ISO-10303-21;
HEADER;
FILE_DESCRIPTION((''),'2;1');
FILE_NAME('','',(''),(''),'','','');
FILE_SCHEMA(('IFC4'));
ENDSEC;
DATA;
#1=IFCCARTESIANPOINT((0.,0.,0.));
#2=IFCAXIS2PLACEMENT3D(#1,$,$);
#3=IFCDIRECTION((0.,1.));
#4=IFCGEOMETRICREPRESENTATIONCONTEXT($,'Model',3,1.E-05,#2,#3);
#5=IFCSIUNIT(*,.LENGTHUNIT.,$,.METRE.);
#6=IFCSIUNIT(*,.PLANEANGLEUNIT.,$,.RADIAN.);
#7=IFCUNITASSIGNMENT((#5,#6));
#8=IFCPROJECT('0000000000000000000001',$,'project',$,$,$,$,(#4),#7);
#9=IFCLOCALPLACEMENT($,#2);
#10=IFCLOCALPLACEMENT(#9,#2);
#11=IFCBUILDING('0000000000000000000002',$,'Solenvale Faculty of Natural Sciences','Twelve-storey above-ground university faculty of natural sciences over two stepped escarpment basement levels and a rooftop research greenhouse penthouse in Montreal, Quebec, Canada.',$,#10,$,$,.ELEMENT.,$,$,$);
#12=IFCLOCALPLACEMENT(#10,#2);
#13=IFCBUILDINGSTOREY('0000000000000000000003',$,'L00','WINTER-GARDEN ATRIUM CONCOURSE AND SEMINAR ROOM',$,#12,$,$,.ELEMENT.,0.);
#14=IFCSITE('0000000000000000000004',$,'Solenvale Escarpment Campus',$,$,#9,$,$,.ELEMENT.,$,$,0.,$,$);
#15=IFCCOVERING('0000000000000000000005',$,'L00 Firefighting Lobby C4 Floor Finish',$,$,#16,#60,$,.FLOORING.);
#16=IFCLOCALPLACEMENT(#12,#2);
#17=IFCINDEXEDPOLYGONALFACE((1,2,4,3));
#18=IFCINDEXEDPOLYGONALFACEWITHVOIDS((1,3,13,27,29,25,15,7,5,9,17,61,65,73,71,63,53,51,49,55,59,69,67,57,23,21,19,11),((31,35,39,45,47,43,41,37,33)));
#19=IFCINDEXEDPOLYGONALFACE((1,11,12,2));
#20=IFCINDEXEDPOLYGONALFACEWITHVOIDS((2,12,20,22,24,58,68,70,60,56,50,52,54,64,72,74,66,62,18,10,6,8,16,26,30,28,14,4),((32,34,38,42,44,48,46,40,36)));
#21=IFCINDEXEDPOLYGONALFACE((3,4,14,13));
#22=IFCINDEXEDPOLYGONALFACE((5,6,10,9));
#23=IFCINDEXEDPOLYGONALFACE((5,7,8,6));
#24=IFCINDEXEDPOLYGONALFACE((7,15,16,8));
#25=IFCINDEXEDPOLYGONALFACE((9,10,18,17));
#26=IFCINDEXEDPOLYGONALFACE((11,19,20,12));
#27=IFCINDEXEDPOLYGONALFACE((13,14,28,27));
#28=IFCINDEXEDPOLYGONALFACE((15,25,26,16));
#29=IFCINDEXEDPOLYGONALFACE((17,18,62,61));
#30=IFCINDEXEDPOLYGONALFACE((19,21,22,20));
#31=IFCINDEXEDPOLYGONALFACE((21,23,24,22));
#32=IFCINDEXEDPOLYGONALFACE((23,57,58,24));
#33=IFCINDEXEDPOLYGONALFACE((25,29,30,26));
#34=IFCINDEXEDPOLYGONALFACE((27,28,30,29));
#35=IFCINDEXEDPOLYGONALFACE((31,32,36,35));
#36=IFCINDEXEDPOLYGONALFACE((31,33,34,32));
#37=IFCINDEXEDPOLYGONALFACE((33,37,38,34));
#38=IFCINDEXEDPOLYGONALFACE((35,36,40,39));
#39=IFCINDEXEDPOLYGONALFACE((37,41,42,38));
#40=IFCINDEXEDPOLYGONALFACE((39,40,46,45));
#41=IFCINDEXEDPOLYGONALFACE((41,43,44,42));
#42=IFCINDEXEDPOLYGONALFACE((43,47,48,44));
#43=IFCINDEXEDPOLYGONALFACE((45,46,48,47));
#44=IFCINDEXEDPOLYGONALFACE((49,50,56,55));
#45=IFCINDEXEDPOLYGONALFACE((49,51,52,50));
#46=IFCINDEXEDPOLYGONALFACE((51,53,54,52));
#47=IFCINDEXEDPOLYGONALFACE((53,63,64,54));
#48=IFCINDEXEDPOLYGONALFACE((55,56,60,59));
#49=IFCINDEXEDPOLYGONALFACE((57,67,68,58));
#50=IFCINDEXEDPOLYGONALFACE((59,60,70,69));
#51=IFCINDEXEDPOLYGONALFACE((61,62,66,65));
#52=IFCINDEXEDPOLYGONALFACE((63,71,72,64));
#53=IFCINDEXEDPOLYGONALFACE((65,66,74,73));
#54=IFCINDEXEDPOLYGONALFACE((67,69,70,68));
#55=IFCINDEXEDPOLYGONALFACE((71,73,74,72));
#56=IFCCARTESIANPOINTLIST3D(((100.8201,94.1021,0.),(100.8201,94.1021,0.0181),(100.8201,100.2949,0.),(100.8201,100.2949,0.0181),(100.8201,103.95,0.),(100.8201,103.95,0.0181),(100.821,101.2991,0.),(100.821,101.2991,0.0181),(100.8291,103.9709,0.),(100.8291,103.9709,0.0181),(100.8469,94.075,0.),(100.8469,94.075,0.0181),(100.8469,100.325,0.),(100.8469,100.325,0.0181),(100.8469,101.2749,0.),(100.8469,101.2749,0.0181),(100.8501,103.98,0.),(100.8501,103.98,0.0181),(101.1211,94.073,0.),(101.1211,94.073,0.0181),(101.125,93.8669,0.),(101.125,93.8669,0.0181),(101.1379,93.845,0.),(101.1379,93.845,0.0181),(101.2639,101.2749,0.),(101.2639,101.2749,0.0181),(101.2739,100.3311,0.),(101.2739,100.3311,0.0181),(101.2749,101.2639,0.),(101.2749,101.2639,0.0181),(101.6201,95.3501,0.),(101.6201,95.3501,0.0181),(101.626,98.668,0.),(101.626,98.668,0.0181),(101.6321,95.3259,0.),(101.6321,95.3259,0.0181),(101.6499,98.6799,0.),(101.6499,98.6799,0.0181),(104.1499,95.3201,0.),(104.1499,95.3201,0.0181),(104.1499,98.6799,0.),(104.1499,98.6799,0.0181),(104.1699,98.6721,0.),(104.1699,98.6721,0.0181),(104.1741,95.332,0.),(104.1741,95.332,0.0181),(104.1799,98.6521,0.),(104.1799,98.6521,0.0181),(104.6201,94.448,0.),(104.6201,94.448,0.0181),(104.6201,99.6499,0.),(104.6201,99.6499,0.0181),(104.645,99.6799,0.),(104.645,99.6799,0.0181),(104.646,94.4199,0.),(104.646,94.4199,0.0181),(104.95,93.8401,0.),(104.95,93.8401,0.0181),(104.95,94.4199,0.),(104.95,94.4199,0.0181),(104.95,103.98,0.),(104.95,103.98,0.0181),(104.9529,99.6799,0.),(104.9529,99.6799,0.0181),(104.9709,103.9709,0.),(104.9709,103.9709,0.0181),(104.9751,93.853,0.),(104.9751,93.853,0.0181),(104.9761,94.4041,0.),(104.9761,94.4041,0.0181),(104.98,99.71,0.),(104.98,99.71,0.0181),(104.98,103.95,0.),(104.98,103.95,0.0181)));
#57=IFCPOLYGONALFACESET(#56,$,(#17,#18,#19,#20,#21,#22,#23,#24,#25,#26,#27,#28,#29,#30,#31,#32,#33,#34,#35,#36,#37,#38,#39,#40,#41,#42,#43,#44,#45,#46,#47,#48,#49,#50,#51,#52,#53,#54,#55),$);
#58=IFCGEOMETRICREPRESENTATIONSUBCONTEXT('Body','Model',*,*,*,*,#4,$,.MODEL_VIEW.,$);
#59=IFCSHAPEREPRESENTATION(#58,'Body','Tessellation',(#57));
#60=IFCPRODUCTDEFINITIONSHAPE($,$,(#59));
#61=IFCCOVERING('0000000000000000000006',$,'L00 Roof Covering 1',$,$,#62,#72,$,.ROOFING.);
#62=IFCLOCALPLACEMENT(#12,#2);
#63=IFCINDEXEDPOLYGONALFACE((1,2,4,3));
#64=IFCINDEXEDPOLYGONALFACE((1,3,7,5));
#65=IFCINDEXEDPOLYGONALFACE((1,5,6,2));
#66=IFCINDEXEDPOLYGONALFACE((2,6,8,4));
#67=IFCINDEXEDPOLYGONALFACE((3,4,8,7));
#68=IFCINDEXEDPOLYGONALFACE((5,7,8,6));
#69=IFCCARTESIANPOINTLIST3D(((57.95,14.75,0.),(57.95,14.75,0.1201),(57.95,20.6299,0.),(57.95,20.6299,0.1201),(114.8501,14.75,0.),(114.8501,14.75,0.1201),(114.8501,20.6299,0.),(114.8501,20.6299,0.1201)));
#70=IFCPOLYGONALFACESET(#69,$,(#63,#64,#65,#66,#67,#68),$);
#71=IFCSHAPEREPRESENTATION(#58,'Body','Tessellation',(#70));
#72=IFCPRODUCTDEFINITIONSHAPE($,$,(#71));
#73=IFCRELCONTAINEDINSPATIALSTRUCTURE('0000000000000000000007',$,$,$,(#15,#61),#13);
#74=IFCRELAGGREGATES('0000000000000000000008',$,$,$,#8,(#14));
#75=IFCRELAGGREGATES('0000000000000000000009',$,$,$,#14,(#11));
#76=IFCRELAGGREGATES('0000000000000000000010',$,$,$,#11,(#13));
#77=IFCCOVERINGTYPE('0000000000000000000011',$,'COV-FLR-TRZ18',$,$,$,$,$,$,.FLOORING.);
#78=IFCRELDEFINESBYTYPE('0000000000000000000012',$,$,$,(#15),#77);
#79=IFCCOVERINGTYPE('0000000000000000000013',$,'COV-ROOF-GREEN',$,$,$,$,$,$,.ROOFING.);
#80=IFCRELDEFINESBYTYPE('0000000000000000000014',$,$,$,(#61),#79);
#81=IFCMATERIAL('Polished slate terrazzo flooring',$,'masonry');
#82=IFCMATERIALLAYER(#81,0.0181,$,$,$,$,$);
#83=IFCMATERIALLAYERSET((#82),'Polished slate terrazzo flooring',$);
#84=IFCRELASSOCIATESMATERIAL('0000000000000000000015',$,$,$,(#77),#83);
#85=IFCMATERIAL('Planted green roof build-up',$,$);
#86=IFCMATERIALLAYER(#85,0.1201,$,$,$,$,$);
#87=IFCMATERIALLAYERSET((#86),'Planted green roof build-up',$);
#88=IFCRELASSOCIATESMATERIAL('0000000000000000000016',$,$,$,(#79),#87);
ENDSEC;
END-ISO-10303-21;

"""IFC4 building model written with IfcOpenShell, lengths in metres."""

from ifc_helpers import new_model, si_unit, direction, origin, place, context, subcontext, project, spatial, polyline, outline, extrude, material, layer, layer_set, type_object, element, save


model = new_model("IFC4")

# Units and contexts
model_context = context("Model", 3, precision=1e-05, world=origin(), true_north=direction((0.0, 1.0)))
body_context = subcontext(model_context, "Body", "Model", "MODEL_VIEW")
ifc_project = project(units=[si_unit("LENGTHUNIT", "METRE"), si_unit("PLANEANGLEUNIT", "RADIAN")], contexts=[model_context])

# Site, building, storey
site_placement = place(None, origin())
site = spatial("IfcSite", under=ifc_project, at=site_placement, Name="Solenvale Escarpment Campus", CompositionType="ELEMENT", RefElevation=0.0)
building_placement = place(site_placement, origin())
building = spatial("IfcBuilding", under=site, at=building_placement, Name="Solenvale Faculty of Natural Sciences", Description="Twelve-storey above-ground university faculty of natural sciences over two stepped escarpment basement levels and a rooftop research greenhouse penthouse in Montreal, Quebec, Canada.", CompositionType="ELEMENT")
storey_placement = place(building_placement, origin())
storey = spatial("IfcBuildingStorey", under=building, at=storey_placement, Name="L00", Description="WINTER-GARDEN ATRIUM CONCOURSE AND SEMINAR ROOM", CompositionType="ELEMENT", Elevation=0.0)

# Coverings
ifc_material_1 = material(Name="Polished slate terrazzo flooring", Category="masonry")
ifc_layer_1 = layer(ifc_material_1, 0.0181)
ifc_layer_set_1 = layer_set([ifc_layer_1], Name="Polished slate terrazzo flooring")
covering_type_1 = type_object("IfcCoveringType", Name="COV-FLR-TRZ18", PredefinedType="FLOORING", material=ifc_layer_set_1)
covering_1_placement = place(storey_placement, origin())
element("IfcCovering", 1, at=covering_1_placement, inside=storey, type_object=covering_type_1, Name="L00 Firefighting Lobby C4 Floor Finish", PredefinedType="FLOORING", context=body_context, shape_type="SweptSolid", body=[
    extrude(outline(polyline([(104.98, 99.71), (104.9529, 99.6799), (104.645, 99.6799), (104.6201, 99.6499), (104.6201, 94.448), (104.646, 94.4199), (104.95, 94.4199), (104.9761, 94.4041), (104.9751, 93.853), (104.95, 93.8401), (101.1379, 93.845), (101.125, 93.8669), (101.1211, 94.073), (100.8469, 94.075), (100.8201, 94.1021), (100.8201, 100.2949), (100.8469, 100.325), (101.2739, 100.3311), (101.2749, 101.2639), (101.2639, 101.2749), (100.8469, 101.2749), (100.821, 101.2991), (100.8201, 103.95), (100.8291, 103.9709), (100.8501, 103.98), (104.95, 103.98), (104.9709, 103.9709), (104.98, 103.95), (104.98, 99.71)]), holes=[polyline([(104.1799, 98.6521), (104.1699, 98.6721), (104.1499, 98.6799), (101.6499, 98.6799), (101.626, 98.668), (101.6201, 95.3501), (101.6321, 95.3259), (104.1499, 95.3201), (104.1741, 95.332), (104.1799, 98.6521)])]), origin(), (0.0, 0.0, 1.0), 0.0181),
])
ifc_material_2 = material(Name="Planted green roof build-up")
ifc_layer_2 = layer(ifc_material_2, 0.1201)
ifc_layer_set_2 = layer_set([ifc_layer_2], Name="Planted green roof build-up")
covering_type_2 = type_object("IfcCoveringType", Name="COV-ROOF-GREEN", PredefinedType="ROOFING", material=ifc_layer_set_2)
covering_2_placement = place(storey_placement, origin())
element("IfcCovering", 2, at=covering_2_placement, inside=storey, type_object=covering_type_2, Name="L00 Roof Covering 1", PredefinedType="ROOFING", context=body_context, shape_type="SweptSolid", body=[
    extrude(outline(polyline([(57.95, 14.75), (57.95, 20.6299), (114.8501, 20.6299), (114.8501, 14.75), (57.95, 14.75)])), origin(), (0.0, 0.0, 1.0), 0.1201),
])

save(model, "model.ifc")
